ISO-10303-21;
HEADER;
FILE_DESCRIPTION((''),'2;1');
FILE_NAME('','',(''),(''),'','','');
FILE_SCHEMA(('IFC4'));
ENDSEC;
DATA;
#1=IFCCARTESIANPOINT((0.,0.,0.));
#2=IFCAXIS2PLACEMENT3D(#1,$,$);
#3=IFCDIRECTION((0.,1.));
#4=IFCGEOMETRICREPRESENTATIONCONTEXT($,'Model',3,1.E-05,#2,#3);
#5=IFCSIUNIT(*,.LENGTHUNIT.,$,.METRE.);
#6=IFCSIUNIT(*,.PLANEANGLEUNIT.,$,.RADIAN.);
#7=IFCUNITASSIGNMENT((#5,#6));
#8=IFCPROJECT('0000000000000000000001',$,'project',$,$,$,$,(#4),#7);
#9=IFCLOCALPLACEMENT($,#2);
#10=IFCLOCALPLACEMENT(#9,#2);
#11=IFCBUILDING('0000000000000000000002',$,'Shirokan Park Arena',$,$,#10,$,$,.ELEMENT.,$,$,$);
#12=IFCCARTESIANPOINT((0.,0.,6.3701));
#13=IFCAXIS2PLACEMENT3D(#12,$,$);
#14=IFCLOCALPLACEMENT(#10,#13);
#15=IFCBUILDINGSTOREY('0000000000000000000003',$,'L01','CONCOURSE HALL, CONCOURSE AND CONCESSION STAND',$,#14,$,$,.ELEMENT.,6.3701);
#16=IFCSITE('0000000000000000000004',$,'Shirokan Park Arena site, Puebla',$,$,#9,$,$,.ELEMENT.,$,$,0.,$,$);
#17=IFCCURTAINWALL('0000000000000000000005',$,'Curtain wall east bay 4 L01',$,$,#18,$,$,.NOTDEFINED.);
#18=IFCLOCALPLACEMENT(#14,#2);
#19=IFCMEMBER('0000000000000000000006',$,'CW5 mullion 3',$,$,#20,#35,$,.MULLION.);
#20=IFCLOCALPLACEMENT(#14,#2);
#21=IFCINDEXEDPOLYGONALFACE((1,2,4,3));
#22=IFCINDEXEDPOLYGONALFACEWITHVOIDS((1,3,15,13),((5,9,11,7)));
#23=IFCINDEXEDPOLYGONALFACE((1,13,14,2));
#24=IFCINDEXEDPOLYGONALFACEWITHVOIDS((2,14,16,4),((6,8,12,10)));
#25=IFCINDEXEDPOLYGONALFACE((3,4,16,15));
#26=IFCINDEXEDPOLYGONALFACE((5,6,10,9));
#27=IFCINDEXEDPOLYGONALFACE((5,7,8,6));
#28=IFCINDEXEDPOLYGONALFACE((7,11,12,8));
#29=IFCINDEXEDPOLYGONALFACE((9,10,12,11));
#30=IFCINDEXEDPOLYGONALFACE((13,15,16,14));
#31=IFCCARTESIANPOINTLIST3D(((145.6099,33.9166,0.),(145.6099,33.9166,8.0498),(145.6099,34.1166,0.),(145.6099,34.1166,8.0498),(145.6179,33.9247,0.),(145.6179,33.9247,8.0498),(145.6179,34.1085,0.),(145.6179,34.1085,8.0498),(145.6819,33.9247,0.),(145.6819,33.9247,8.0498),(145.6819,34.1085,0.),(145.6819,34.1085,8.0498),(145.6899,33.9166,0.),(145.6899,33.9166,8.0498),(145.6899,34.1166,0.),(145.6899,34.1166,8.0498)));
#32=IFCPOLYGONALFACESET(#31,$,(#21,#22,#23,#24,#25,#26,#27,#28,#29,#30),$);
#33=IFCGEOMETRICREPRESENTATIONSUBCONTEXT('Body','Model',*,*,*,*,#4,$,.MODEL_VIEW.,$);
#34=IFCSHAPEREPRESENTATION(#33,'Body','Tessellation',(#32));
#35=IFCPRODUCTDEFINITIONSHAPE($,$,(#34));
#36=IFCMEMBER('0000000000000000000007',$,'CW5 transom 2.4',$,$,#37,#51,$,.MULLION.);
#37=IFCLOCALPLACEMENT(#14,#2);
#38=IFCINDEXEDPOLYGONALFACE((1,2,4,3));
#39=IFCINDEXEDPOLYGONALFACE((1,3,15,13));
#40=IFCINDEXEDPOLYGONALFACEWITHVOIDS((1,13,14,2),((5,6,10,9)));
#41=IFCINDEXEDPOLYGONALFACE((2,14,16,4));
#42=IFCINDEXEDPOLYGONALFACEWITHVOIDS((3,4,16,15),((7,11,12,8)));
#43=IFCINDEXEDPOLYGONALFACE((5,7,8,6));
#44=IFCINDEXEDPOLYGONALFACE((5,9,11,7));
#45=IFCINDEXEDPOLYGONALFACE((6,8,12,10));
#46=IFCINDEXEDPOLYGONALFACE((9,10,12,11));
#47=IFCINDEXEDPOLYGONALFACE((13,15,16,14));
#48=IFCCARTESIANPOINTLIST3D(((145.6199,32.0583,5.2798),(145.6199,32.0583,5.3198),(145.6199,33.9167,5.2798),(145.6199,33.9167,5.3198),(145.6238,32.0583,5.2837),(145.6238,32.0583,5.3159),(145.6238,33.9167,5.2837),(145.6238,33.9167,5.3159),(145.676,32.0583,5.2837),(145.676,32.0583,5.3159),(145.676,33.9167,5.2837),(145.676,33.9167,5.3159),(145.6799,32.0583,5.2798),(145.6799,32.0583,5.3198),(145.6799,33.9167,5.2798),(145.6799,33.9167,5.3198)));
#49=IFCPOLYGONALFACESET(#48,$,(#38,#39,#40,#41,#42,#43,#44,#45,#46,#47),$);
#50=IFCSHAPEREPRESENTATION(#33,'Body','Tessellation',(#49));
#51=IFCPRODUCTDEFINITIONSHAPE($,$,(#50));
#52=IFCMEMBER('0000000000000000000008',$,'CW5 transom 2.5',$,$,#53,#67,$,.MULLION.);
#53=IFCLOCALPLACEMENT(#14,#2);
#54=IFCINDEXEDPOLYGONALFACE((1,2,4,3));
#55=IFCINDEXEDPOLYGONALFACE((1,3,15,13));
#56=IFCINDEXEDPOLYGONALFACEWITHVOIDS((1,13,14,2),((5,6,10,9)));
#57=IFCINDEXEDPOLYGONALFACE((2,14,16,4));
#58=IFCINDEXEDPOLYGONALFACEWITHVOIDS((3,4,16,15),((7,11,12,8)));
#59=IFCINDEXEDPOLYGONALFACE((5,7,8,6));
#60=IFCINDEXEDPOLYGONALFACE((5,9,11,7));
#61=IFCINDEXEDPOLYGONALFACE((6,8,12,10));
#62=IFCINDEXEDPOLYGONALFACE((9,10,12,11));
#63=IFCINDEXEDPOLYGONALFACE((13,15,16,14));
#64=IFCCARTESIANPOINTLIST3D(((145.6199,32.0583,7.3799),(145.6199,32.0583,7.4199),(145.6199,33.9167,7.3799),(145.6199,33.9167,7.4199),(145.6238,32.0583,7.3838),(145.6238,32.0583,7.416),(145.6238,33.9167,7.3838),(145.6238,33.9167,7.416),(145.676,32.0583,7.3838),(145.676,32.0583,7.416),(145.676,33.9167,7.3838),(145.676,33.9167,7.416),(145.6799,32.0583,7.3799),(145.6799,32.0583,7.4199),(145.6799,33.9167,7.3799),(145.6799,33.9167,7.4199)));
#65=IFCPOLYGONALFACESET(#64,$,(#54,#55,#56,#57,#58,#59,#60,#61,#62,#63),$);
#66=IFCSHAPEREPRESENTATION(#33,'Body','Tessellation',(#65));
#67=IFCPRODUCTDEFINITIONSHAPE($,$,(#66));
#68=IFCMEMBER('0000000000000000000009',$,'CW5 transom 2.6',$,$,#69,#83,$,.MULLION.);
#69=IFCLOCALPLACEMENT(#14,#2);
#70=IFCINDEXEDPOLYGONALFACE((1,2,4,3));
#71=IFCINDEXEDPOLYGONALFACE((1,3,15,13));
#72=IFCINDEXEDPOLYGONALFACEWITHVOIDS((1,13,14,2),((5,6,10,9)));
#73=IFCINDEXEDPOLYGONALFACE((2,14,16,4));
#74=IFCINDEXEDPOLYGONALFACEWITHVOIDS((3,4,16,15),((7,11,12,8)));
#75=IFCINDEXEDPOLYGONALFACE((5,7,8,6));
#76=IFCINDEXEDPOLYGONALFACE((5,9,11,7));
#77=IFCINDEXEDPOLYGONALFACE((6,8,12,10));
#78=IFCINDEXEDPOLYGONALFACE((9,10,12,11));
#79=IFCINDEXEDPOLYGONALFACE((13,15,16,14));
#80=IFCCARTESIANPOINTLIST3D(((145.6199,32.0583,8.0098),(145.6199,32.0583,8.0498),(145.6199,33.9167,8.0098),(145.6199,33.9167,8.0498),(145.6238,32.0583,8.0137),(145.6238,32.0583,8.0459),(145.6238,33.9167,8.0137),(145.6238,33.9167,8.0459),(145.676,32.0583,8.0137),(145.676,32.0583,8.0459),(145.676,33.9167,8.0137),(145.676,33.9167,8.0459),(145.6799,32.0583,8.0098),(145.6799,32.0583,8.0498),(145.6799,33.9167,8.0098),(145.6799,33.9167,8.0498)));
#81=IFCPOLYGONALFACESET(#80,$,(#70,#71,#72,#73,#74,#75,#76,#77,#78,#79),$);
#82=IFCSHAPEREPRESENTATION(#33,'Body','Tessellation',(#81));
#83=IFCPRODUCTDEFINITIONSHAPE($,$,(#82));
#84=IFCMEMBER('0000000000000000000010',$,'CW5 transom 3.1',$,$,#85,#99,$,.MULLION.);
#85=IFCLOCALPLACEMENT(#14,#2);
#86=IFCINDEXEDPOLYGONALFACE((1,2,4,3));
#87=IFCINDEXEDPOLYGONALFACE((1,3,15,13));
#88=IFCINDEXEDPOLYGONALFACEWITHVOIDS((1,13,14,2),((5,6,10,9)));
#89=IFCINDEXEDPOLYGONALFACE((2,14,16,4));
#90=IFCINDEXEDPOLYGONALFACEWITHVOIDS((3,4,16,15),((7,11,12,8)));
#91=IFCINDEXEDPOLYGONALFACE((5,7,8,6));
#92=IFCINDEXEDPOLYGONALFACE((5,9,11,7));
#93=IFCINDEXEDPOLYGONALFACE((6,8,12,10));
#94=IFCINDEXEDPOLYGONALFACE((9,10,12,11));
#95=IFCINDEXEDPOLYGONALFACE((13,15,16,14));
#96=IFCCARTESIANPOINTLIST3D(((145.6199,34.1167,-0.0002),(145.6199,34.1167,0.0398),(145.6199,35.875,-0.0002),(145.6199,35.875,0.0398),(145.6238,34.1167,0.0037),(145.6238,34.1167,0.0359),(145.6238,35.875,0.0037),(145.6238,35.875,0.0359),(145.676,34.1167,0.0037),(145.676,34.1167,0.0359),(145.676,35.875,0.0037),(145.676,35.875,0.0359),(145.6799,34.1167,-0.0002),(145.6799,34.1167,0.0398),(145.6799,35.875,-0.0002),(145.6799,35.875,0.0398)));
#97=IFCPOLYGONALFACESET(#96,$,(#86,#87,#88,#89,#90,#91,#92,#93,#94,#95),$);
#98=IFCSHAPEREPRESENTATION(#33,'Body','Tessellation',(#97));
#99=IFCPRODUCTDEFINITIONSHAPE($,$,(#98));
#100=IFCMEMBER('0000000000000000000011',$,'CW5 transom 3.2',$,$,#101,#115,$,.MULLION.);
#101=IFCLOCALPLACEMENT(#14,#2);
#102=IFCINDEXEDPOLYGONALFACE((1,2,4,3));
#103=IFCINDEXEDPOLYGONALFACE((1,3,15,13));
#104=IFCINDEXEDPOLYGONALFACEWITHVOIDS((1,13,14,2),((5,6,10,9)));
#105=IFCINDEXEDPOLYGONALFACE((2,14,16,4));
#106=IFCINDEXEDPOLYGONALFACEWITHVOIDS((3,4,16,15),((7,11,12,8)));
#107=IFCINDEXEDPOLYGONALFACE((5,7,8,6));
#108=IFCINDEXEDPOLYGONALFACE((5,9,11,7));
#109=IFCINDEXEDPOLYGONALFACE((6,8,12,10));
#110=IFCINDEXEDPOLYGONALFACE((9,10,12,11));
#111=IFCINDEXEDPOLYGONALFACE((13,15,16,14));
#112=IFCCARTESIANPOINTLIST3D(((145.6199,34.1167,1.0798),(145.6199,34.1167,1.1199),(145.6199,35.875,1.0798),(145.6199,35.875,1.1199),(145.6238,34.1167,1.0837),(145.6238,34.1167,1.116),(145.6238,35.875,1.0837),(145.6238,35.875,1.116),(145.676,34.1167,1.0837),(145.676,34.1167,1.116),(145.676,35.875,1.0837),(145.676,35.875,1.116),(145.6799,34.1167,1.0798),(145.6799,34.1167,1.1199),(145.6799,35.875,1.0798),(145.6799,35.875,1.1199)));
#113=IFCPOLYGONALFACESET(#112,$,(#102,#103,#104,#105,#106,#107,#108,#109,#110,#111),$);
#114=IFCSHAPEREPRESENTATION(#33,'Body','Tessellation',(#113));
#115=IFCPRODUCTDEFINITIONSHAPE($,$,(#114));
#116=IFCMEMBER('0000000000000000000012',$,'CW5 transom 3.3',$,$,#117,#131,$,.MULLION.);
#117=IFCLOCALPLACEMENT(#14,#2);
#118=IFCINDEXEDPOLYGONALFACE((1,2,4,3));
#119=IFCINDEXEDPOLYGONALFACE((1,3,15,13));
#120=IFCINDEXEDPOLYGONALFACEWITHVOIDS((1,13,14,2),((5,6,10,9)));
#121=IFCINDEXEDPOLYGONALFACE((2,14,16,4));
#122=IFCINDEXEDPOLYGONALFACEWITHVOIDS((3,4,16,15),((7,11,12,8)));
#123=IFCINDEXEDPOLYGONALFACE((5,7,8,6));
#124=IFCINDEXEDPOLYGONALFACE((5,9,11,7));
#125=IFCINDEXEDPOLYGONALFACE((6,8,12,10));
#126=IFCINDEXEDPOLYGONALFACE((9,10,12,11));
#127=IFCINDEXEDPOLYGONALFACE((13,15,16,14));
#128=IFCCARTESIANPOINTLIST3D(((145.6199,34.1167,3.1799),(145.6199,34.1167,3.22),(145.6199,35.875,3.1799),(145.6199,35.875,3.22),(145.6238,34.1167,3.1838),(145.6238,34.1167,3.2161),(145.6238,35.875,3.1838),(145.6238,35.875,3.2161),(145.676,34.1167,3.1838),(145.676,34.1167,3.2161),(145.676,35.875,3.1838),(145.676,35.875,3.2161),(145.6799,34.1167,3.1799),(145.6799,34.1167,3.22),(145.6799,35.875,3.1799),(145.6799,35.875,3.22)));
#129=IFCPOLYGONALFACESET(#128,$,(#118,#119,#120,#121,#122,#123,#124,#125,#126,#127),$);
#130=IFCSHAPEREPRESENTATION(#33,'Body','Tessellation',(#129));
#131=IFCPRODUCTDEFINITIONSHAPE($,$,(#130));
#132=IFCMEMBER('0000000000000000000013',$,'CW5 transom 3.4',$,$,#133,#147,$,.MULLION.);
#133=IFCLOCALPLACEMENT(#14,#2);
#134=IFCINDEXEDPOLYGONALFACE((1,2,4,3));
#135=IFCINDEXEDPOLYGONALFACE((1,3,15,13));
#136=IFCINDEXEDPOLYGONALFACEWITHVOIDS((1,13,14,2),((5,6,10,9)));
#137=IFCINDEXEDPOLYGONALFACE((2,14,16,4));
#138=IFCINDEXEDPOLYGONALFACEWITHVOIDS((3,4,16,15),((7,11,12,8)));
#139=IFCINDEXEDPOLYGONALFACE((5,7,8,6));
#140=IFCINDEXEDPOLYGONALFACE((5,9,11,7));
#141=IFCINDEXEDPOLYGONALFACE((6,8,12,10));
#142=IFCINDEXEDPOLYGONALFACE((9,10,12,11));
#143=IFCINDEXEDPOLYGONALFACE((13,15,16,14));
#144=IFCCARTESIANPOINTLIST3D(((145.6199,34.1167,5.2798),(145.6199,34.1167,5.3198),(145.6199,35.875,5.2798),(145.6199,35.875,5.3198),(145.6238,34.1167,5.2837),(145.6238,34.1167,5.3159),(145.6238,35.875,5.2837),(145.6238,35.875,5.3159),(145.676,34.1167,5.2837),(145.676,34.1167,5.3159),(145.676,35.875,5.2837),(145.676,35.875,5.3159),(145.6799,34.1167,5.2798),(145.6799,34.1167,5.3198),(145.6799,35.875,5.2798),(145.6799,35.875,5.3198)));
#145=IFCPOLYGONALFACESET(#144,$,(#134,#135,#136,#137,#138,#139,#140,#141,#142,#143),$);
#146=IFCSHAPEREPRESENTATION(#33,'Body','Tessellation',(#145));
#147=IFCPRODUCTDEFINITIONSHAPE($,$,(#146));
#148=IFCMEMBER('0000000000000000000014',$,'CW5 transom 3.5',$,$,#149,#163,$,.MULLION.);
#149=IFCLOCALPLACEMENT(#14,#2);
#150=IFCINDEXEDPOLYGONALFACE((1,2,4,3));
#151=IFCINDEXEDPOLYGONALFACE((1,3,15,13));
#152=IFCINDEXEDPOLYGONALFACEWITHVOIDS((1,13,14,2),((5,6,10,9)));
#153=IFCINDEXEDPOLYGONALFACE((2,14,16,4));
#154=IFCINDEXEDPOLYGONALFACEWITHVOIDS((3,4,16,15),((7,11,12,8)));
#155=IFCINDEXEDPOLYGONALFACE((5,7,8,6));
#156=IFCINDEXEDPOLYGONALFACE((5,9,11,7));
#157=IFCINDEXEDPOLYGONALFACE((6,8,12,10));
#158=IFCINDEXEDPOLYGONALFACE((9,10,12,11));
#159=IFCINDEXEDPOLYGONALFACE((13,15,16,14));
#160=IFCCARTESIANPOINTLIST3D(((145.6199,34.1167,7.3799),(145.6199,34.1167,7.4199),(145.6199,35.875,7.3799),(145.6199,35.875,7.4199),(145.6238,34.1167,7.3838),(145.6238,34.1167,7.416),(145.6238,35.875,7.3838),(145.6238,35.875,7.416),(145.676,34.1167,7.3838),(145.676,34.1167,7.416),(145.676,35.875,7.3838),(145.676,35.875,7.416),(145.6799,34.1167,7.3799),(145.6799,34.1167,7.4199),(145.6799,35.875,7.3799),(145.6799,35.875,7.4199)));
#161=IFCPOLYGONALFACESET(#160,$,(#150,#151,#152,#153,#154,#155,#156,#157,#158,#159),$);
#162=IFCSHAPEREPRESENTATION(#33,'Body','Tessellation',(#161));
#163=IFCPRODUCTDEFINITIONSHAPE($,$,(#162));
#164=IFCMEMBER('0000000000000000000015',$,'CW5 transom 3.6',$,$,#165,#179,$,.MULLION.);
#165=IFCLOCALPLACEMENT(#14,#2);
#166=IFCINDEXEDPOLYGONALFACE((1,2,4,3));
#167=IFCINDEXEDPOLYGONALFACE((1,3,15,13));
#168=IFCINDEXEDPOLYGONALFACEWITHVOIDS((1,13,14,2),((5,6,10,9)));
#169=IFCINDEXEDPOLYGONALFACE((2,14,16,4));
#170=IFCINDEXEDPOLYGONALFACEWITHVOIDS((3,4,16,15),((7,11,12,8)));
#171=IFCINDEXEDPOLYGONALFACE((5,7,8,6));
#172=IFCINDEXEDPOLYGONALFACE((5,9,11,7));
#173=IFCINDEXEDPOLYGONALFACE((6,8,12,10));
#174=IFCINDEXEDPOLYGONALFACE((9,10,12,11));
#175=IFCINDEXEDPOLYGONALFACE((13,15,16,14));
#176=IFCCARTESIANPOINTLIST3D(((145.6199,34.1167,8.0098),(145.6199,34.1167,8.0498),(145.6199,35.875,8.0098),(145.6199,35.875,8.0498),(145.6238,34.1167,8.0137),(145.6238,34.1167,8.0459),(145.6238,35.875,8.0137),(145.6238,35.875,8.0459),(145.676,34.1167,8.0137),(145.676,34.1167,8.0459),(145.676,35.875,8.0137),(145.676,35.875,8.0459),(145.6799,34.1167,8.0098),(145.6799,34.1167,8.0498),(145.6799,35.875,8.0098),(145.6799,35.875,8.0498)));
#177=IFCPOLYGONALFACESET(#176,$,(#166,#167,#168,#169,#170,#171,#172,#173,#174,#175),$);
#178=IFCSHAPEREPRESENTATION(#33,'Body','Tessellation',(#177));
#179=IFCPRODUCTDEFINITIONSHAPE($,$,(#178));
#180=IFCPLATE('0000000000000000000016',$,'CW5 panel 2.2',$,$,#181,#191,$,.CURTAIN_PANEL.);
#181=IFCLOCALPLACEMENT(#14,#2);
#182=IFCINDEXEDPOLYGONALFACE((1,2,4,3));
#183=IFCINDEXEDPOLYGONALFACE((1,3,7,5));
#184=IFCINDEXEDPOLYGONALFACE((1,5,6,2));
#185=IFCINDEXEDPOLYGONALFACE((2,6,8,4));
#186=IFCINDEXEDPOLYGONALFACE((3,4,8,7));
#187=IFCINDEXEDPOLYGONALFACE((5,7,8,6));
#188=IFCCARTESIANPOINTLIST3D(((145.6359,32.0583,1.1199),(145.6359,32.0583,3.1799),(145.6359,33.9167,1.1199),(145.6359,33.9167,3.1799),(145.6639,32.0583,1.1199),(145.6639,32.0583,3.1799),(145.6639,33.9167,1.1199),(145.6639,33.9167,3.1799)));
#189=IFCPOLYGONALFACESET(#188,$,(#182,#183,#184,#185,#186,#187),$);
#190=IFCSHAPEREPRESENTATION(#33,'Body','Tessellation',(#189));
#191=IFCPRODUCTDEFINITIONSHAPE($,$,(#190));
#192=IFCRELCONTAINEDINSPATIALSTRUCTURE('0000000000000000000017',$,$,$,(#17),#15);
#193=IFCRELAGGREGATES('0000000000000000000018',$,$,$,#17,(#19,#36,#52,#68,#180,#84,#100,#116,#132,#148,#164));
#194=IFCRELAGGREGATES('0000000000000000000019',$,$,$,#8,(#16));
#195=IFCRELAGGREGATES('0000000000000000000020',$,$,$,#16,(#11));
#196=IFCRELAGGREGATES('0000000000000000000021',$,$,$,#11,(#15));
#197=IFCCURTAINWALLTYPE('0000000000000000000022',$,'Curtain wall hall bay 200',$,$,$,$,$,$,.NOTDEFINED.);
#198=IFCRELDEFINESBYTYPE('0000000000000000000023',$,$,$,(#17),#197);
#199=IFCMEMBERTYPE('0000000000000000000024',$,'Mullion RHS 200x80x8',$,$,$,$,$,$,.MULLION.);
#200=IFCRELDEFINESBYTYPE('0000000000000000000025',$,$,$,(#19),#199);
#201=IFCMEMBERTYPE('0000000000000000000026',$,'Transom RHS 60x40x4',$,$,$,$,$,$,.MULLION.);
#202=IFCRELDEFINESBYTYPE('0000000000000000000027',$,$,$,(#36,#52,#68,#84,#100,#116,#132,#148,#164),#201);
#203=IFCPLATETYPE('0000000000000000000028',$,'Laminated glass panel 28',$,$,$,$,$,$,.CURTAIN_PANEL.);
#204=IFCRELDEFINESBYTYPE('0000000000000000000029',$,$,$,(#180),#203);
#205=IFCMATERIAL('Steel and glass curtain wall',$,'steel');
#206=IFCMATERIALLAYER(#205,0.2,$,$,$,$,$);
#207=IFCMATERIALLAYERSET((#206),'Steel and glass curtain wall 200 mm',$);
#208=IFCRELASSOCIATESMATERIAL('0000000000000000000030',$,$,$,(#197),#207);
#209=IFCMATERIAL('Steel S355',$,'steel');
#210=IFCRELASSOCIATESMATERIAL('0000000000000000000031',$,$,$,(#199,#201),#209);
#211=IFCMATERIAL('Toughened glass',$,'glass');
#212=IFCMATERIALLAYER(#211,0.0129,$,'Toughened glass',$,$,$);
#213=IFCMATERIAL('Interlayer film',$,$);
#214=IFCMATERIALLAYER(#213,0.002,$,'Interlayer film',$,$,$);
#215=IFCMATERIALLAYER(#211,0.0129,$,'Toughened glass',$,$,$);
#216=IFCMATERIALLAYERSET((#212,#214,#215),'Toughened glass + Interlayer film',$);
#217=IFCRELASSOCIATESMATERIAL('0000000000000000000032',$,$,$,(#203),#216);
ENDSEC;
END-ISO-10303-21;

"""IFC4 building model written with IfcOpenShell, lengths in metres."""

from ifc_helpers import new_model, si_unit, direction, frame, origin, origin_2d, place, context, subcontext, project, spatial, rectangle, hollow_rectangle, extrude, material, layer, layer_set, material_profile, profile_set, type_object, element, aggregate, save


model = new_model("IFC4")

# Units and contexts
model_context = context("Model", 3, precision=1e-05, world=origin(), true_north=direction((0.0, 1.0)))
body_context = subcontext(model_context, "Body", "Model", "MODEL_VIEW")
ifc_project = project(units=[si_unit("LENGTHUNIT", "METRE"), si_unit("PLANEANGLEUNIT", "RADIAN")], contexts=[model_context])

# Site, building, storey
site_placement = place(None, origin())
site = spatial("IfcSite", under=ifc_project, at=site_placement, Name="Shirokan Park Arena site, Puebla", CompositionType="ELEMENT", RefElevation=0.0)
building_placement = place(site_placement, origin())
building = spatial("IfcBuilding", under=site, at=building_placement, Name="Shirokan Park Arena", CompositionType="ELEMENT")
storey_placement = place(building_placement, frame((0.0, 0.0, 6.3701)))
storey = spatial("IfcBuildingStorey", under=building, at=storey_placement, Name="L01", Description="CONCOURSE HALL, CONCOURSE AND CONCESSION STAND", CompositionType="ELEMENT", Elevation=6.3701)

# Curtain wall, members, plate
ifc_material_1 = material(Name="Steel and glass curtain wall", Category="steel")
ifc_layer_1 = layer(ifc_material_1, 0.2)
ifc_layer_set_1 = layer_set([ifc_layer_1], Name="Steel and glass curtain wall 200 mm")
curtain_wall_type = type_object("IfcCurtainWallType", Name="Curtain wall hall bay 200", PredefinedType="NOTDEFINED", material=ifc_layer_set_1)
curtain_wall_placement = place(storey_placement, origin())
curtain_wall = element("IfcCurtainWall", 1, at=curtain_wall_placement, inside=storey, type_object=curtain_wall_type, Name="Curtain wall east bay 4 L01", PredefinedType="NOTDEFINED")
ifc_material_2 = material(Name="Steel S355", Category="steel")
ifc_material_profile_1 = material_profile(ifc_material_2, hollow_rectangle(XDim=0.0801, YDim=0.2, WallThickness=0.0081, at=origin_2d()), Name="RHS 200x80x8")
ifc_profile_set_1 = profile_set([ifc_material_profile_1], Name="Steel S355")
member_type_1 = type_object("IfcMemberType", Name="Mullion RHS 200x80x8", PredefinedType="MULLION", material=ifc_profile_set_1)
member_1_placement = place(storey_placement, frame((145.6499, 34.0166, 0.0), z_axis=(0.0, 0.0, 1.0), x_axis=(-1.0, 0.0, 0.0)))
member_1 = element("IfcMember", 2, at=member_1_placement, type_object=member_type_1, Name="CW5 mullion 3", PredefinedType="MULLION", context=body_context, shape_type="SweptSolid", body=[
    extrude(hollow_rectangle(XDim=0.0801, YDim=0.2, WallThickness=0.0081, at=origin_2d()), origin(), (0.0, 0.0, 1.0), 8.0498),
])
ifc_material_profile_2 = material_profile(ifc_material_2, hollow_rectangle(XDim=0.0601, YDim=0.04, WallThickness=0.0039, at=origin_2d()), Name="RHS 60x40x4")
ifc_profile_set_2 = profile_set([ifc_material_profile_2], Name="Steel S355")
member_type_2 = type_object("IfcMemberType", Name="Transom RHS 60x40x4", PredefinedType="MULLION", material=ifc_profile_set_2)
member_2_placement = place(storey_placement, frame((145.6499, 32.0583, 5.2998), z_axis=(0.0, 1.0, 0.0), x_axis=(-1.0, 0.0, 0.0)))
member_2 = element("IfcMember", 3, at=member_2_placement, type_object=member_type_2, Name="CW5 transom 2.4", PredefinedType="MULLION", context=body_context, shape_type="SweptSolid", body=[
    extrude(hollow_rectangle(XDim=0.0601, YDim=0.04, WallThickness=0.0039, at=origin_2d()), origin(), (0.0, 0.0, 1.0), 1.8584),
])
member_3_placement = place(storey_placement, frame((145.6499, 32.0583, 7.3999), z_axis=(0.0, 1.0, 0.0), x_axis=(-1.0, 0.0, 0.0)))
member_3 = element("IfcMember", 4, at=member_3_placement, type_object=member_type_2, Name="CW5 transom 2.5", PredefinedType="MULLION", context=body_context, shape_type="SweptSolid", body=[
    extrude(hollow_rectangle(XDim=0.0601, YDim=0.04, WallThickness=0.0039, at=origin_2d()), origin(), (0.0, 0.0, 1.0), 1.8584),
])
member_4_placement = place(storey_placement, frame((145.6499, 32.0583, 8.0298), z_axis=(0.0, 1.0, 0.0), x_axis=(-1.0, 0.0, 0.0)))
member_4 = element("IfcMember", 5, at=member_4_placement, type_object=member_type_2, Name="CW5 transom 2.6", PredefinedType="MULLION", context=body_context, shape_type="SweptSolid", body=[
    extrude(hollow_rectangle(XDim=0.0601, YDim=0.04, WallThickness=0.0039, at=origin_2d()), origin(), (0.0, 0.0, 1.0), 1.8584),
])
member_5_placement = place(storey_placement, frame((145.6499, 34.1167, 0.0198), z_axis=(0.0, 1.0, 0.0), x_axis=(-1.0, 0.0, 0.0)))
member_5 = element("IfcMember", 6, at=member_5_placement, type_object=member_type_2, Name="CW5 transom 3.1", PredefinedType="MULLION", context=body_context, shape_type="SweptSolid", body=[
    extrude(hollow_rectangle(XDim=0.0601, YDim=0.04, WallThickness=0.0039, at=origin_2d()), origin(), (0.0, 0.0, 1.0), 1.7583),
])
member_6_placement = place(storey_placement, frame((145.6499, 34.1167, 1.0999), z_axis=(0.0, 1.0, 0.0), x_axis=(-1.0, 0.0, 0.0)))
member_6 = element("IfcMember", 7, at=member_6_placement, type_object=member_type_2, Name="CW5 transom 3.2", PredefinedType="MULLION", context=body_context, shape_type="SweptSolid", body=[
    extrude(hollow_rectangle(XDim=0.0601, YDim=0.04, WallThickness=0.0039, at=origin_2d()), origin(), (0.0, 0.0, 1.0), 1.7583),
])
member_7_placement = place(storey_placement, frame((145.6499, 34.1167, 3.2), z_axis=(0.0, 1.0, 0.0), x_axis=(-1.0, 0.0, 0.0)))
member_7 = element("IfcMember", 8, at=member_7_placement, type_object=member_type_2, Name="CW5 transom 3.3", PredefinedType="MULLION", context=body_context, shape_type="SweptSolid", body=[
    extrude(hollow_rectangle(XDim=0.0601, YDim=0.04, WallThickness=0.0039, at=origin_2d()), origin(), (0.0, 0.0, 1.0), 1.7583),
])
member_8_placement = place(storey_placement, frame((145.6499, 34.1167, 5.2998), z_axis=(0.0, 1.0, 0.0), x_axis=(-1.0, 0.0, 0.0)))
member_8 = element("IfcMember", 9, at=member_8_placement, type_object=member_type_2, Name="CW5 transom 3.4", PredefinedType="MULLION", context=body_context, shape_type="SweptSolid", body=[
    extrude(hollow_rectangle(XDim=0.0601, YDim=0.04, WallThickness=0.0039, at=origin_2d()), origin(), (0.0, 0.0, 1.0), 1.7583),
])
member_9_placement = place(storey_placement, frame((145.6499, 34.1167, 7.3999), z_axis=(0.0, 1.0, 0.0), x_axis=(-1.0, 0.0, 0.0)))
member_9 = element("IfcMember", 10, at=member_9_placement, type_object=member_type_2, Name="CW5 transom 3.5", PredefinedType="MULLION", context=body_context, shape_type="SweptSolid", body=[
    extrude(hollow_rectangle(XDim=0.0601, YDim=0.04, WallThickness=0.0039, at=origin_2d()), origin(), (0.0, 0.0, 1.0), 1.7583),
])
member_10_placement = place(storey_placement, frame((145.6499, 34.1167, 8.0298), z_axis=(0.0, 1.0, 0.0), x_axis=(-1.0, 0.0, 0.0)))
member_10 = element("IfcMember", 11, at=member_10_placement, type_object=member_type_2, Name="CW5 transom 3.6", PredefinedType="MULLION", context=body_context, shape_type="SweptSolid", body=[
    extrude(hollow_rectangle(XDim=0.0601, YDim=0.04, WallThickness=0.0039, at=origin_2d()), origin(), (0.0, 0.0, 1.0), 1.7583),
])
ifc_material_3 = material(Name="Toughened glass", Category="glass")
ifc_layer_2 = layer(ifc_material_3, 0.0129, Name="Toughened glass")
ifc_material_4 = material(Name="Interlayer film")
ifc_layer_3 = layer(ifc_material_4, 0.002, Name="Interlayer film")
ifc_layer_4 = layer(ifc_material_3, 0.0129, Name="Toughened glass")
ifc_layer_set_2 = layer_set([ifc_layer_2, ifc_layer_3, ifc_layer_4], Name="Toughened glass + Interlayer film")
plate_type_1 = type_object("IfcPlateType", Name="Laminated glass panel 28", PredefinedType="CURTAIN_PANEL", material=ifc_layer_set_2)
plate_1_placement = place(storey_placement, frame((145.6499, 32.9875, 1.1199), z_axis=(0.0, 0.0, 1.0), x_axis=(0.0, 1.0, 0.0)))
plate_1 = element("IfcPlate", 12, at=plate_1_placement, type_object=plate_type_1, Name="CW5 panel 2.2", PredefinedType="CURTAIN_PANEL", context=body_context, shape_type="SweptSolid", body=[
    extrude(rectangle(XDim=1.8584, YDim=0.0281, at=origin_2d()), origin(), (0.0, 0.0, 1.0), 2.0601),
])
aggregate(curtain_wall, [member_1, member_2, member_3, member_4, plate_1, member_5, member_6, member_7, member_8, member_9, member_10])

save(model, "model.ifc")
